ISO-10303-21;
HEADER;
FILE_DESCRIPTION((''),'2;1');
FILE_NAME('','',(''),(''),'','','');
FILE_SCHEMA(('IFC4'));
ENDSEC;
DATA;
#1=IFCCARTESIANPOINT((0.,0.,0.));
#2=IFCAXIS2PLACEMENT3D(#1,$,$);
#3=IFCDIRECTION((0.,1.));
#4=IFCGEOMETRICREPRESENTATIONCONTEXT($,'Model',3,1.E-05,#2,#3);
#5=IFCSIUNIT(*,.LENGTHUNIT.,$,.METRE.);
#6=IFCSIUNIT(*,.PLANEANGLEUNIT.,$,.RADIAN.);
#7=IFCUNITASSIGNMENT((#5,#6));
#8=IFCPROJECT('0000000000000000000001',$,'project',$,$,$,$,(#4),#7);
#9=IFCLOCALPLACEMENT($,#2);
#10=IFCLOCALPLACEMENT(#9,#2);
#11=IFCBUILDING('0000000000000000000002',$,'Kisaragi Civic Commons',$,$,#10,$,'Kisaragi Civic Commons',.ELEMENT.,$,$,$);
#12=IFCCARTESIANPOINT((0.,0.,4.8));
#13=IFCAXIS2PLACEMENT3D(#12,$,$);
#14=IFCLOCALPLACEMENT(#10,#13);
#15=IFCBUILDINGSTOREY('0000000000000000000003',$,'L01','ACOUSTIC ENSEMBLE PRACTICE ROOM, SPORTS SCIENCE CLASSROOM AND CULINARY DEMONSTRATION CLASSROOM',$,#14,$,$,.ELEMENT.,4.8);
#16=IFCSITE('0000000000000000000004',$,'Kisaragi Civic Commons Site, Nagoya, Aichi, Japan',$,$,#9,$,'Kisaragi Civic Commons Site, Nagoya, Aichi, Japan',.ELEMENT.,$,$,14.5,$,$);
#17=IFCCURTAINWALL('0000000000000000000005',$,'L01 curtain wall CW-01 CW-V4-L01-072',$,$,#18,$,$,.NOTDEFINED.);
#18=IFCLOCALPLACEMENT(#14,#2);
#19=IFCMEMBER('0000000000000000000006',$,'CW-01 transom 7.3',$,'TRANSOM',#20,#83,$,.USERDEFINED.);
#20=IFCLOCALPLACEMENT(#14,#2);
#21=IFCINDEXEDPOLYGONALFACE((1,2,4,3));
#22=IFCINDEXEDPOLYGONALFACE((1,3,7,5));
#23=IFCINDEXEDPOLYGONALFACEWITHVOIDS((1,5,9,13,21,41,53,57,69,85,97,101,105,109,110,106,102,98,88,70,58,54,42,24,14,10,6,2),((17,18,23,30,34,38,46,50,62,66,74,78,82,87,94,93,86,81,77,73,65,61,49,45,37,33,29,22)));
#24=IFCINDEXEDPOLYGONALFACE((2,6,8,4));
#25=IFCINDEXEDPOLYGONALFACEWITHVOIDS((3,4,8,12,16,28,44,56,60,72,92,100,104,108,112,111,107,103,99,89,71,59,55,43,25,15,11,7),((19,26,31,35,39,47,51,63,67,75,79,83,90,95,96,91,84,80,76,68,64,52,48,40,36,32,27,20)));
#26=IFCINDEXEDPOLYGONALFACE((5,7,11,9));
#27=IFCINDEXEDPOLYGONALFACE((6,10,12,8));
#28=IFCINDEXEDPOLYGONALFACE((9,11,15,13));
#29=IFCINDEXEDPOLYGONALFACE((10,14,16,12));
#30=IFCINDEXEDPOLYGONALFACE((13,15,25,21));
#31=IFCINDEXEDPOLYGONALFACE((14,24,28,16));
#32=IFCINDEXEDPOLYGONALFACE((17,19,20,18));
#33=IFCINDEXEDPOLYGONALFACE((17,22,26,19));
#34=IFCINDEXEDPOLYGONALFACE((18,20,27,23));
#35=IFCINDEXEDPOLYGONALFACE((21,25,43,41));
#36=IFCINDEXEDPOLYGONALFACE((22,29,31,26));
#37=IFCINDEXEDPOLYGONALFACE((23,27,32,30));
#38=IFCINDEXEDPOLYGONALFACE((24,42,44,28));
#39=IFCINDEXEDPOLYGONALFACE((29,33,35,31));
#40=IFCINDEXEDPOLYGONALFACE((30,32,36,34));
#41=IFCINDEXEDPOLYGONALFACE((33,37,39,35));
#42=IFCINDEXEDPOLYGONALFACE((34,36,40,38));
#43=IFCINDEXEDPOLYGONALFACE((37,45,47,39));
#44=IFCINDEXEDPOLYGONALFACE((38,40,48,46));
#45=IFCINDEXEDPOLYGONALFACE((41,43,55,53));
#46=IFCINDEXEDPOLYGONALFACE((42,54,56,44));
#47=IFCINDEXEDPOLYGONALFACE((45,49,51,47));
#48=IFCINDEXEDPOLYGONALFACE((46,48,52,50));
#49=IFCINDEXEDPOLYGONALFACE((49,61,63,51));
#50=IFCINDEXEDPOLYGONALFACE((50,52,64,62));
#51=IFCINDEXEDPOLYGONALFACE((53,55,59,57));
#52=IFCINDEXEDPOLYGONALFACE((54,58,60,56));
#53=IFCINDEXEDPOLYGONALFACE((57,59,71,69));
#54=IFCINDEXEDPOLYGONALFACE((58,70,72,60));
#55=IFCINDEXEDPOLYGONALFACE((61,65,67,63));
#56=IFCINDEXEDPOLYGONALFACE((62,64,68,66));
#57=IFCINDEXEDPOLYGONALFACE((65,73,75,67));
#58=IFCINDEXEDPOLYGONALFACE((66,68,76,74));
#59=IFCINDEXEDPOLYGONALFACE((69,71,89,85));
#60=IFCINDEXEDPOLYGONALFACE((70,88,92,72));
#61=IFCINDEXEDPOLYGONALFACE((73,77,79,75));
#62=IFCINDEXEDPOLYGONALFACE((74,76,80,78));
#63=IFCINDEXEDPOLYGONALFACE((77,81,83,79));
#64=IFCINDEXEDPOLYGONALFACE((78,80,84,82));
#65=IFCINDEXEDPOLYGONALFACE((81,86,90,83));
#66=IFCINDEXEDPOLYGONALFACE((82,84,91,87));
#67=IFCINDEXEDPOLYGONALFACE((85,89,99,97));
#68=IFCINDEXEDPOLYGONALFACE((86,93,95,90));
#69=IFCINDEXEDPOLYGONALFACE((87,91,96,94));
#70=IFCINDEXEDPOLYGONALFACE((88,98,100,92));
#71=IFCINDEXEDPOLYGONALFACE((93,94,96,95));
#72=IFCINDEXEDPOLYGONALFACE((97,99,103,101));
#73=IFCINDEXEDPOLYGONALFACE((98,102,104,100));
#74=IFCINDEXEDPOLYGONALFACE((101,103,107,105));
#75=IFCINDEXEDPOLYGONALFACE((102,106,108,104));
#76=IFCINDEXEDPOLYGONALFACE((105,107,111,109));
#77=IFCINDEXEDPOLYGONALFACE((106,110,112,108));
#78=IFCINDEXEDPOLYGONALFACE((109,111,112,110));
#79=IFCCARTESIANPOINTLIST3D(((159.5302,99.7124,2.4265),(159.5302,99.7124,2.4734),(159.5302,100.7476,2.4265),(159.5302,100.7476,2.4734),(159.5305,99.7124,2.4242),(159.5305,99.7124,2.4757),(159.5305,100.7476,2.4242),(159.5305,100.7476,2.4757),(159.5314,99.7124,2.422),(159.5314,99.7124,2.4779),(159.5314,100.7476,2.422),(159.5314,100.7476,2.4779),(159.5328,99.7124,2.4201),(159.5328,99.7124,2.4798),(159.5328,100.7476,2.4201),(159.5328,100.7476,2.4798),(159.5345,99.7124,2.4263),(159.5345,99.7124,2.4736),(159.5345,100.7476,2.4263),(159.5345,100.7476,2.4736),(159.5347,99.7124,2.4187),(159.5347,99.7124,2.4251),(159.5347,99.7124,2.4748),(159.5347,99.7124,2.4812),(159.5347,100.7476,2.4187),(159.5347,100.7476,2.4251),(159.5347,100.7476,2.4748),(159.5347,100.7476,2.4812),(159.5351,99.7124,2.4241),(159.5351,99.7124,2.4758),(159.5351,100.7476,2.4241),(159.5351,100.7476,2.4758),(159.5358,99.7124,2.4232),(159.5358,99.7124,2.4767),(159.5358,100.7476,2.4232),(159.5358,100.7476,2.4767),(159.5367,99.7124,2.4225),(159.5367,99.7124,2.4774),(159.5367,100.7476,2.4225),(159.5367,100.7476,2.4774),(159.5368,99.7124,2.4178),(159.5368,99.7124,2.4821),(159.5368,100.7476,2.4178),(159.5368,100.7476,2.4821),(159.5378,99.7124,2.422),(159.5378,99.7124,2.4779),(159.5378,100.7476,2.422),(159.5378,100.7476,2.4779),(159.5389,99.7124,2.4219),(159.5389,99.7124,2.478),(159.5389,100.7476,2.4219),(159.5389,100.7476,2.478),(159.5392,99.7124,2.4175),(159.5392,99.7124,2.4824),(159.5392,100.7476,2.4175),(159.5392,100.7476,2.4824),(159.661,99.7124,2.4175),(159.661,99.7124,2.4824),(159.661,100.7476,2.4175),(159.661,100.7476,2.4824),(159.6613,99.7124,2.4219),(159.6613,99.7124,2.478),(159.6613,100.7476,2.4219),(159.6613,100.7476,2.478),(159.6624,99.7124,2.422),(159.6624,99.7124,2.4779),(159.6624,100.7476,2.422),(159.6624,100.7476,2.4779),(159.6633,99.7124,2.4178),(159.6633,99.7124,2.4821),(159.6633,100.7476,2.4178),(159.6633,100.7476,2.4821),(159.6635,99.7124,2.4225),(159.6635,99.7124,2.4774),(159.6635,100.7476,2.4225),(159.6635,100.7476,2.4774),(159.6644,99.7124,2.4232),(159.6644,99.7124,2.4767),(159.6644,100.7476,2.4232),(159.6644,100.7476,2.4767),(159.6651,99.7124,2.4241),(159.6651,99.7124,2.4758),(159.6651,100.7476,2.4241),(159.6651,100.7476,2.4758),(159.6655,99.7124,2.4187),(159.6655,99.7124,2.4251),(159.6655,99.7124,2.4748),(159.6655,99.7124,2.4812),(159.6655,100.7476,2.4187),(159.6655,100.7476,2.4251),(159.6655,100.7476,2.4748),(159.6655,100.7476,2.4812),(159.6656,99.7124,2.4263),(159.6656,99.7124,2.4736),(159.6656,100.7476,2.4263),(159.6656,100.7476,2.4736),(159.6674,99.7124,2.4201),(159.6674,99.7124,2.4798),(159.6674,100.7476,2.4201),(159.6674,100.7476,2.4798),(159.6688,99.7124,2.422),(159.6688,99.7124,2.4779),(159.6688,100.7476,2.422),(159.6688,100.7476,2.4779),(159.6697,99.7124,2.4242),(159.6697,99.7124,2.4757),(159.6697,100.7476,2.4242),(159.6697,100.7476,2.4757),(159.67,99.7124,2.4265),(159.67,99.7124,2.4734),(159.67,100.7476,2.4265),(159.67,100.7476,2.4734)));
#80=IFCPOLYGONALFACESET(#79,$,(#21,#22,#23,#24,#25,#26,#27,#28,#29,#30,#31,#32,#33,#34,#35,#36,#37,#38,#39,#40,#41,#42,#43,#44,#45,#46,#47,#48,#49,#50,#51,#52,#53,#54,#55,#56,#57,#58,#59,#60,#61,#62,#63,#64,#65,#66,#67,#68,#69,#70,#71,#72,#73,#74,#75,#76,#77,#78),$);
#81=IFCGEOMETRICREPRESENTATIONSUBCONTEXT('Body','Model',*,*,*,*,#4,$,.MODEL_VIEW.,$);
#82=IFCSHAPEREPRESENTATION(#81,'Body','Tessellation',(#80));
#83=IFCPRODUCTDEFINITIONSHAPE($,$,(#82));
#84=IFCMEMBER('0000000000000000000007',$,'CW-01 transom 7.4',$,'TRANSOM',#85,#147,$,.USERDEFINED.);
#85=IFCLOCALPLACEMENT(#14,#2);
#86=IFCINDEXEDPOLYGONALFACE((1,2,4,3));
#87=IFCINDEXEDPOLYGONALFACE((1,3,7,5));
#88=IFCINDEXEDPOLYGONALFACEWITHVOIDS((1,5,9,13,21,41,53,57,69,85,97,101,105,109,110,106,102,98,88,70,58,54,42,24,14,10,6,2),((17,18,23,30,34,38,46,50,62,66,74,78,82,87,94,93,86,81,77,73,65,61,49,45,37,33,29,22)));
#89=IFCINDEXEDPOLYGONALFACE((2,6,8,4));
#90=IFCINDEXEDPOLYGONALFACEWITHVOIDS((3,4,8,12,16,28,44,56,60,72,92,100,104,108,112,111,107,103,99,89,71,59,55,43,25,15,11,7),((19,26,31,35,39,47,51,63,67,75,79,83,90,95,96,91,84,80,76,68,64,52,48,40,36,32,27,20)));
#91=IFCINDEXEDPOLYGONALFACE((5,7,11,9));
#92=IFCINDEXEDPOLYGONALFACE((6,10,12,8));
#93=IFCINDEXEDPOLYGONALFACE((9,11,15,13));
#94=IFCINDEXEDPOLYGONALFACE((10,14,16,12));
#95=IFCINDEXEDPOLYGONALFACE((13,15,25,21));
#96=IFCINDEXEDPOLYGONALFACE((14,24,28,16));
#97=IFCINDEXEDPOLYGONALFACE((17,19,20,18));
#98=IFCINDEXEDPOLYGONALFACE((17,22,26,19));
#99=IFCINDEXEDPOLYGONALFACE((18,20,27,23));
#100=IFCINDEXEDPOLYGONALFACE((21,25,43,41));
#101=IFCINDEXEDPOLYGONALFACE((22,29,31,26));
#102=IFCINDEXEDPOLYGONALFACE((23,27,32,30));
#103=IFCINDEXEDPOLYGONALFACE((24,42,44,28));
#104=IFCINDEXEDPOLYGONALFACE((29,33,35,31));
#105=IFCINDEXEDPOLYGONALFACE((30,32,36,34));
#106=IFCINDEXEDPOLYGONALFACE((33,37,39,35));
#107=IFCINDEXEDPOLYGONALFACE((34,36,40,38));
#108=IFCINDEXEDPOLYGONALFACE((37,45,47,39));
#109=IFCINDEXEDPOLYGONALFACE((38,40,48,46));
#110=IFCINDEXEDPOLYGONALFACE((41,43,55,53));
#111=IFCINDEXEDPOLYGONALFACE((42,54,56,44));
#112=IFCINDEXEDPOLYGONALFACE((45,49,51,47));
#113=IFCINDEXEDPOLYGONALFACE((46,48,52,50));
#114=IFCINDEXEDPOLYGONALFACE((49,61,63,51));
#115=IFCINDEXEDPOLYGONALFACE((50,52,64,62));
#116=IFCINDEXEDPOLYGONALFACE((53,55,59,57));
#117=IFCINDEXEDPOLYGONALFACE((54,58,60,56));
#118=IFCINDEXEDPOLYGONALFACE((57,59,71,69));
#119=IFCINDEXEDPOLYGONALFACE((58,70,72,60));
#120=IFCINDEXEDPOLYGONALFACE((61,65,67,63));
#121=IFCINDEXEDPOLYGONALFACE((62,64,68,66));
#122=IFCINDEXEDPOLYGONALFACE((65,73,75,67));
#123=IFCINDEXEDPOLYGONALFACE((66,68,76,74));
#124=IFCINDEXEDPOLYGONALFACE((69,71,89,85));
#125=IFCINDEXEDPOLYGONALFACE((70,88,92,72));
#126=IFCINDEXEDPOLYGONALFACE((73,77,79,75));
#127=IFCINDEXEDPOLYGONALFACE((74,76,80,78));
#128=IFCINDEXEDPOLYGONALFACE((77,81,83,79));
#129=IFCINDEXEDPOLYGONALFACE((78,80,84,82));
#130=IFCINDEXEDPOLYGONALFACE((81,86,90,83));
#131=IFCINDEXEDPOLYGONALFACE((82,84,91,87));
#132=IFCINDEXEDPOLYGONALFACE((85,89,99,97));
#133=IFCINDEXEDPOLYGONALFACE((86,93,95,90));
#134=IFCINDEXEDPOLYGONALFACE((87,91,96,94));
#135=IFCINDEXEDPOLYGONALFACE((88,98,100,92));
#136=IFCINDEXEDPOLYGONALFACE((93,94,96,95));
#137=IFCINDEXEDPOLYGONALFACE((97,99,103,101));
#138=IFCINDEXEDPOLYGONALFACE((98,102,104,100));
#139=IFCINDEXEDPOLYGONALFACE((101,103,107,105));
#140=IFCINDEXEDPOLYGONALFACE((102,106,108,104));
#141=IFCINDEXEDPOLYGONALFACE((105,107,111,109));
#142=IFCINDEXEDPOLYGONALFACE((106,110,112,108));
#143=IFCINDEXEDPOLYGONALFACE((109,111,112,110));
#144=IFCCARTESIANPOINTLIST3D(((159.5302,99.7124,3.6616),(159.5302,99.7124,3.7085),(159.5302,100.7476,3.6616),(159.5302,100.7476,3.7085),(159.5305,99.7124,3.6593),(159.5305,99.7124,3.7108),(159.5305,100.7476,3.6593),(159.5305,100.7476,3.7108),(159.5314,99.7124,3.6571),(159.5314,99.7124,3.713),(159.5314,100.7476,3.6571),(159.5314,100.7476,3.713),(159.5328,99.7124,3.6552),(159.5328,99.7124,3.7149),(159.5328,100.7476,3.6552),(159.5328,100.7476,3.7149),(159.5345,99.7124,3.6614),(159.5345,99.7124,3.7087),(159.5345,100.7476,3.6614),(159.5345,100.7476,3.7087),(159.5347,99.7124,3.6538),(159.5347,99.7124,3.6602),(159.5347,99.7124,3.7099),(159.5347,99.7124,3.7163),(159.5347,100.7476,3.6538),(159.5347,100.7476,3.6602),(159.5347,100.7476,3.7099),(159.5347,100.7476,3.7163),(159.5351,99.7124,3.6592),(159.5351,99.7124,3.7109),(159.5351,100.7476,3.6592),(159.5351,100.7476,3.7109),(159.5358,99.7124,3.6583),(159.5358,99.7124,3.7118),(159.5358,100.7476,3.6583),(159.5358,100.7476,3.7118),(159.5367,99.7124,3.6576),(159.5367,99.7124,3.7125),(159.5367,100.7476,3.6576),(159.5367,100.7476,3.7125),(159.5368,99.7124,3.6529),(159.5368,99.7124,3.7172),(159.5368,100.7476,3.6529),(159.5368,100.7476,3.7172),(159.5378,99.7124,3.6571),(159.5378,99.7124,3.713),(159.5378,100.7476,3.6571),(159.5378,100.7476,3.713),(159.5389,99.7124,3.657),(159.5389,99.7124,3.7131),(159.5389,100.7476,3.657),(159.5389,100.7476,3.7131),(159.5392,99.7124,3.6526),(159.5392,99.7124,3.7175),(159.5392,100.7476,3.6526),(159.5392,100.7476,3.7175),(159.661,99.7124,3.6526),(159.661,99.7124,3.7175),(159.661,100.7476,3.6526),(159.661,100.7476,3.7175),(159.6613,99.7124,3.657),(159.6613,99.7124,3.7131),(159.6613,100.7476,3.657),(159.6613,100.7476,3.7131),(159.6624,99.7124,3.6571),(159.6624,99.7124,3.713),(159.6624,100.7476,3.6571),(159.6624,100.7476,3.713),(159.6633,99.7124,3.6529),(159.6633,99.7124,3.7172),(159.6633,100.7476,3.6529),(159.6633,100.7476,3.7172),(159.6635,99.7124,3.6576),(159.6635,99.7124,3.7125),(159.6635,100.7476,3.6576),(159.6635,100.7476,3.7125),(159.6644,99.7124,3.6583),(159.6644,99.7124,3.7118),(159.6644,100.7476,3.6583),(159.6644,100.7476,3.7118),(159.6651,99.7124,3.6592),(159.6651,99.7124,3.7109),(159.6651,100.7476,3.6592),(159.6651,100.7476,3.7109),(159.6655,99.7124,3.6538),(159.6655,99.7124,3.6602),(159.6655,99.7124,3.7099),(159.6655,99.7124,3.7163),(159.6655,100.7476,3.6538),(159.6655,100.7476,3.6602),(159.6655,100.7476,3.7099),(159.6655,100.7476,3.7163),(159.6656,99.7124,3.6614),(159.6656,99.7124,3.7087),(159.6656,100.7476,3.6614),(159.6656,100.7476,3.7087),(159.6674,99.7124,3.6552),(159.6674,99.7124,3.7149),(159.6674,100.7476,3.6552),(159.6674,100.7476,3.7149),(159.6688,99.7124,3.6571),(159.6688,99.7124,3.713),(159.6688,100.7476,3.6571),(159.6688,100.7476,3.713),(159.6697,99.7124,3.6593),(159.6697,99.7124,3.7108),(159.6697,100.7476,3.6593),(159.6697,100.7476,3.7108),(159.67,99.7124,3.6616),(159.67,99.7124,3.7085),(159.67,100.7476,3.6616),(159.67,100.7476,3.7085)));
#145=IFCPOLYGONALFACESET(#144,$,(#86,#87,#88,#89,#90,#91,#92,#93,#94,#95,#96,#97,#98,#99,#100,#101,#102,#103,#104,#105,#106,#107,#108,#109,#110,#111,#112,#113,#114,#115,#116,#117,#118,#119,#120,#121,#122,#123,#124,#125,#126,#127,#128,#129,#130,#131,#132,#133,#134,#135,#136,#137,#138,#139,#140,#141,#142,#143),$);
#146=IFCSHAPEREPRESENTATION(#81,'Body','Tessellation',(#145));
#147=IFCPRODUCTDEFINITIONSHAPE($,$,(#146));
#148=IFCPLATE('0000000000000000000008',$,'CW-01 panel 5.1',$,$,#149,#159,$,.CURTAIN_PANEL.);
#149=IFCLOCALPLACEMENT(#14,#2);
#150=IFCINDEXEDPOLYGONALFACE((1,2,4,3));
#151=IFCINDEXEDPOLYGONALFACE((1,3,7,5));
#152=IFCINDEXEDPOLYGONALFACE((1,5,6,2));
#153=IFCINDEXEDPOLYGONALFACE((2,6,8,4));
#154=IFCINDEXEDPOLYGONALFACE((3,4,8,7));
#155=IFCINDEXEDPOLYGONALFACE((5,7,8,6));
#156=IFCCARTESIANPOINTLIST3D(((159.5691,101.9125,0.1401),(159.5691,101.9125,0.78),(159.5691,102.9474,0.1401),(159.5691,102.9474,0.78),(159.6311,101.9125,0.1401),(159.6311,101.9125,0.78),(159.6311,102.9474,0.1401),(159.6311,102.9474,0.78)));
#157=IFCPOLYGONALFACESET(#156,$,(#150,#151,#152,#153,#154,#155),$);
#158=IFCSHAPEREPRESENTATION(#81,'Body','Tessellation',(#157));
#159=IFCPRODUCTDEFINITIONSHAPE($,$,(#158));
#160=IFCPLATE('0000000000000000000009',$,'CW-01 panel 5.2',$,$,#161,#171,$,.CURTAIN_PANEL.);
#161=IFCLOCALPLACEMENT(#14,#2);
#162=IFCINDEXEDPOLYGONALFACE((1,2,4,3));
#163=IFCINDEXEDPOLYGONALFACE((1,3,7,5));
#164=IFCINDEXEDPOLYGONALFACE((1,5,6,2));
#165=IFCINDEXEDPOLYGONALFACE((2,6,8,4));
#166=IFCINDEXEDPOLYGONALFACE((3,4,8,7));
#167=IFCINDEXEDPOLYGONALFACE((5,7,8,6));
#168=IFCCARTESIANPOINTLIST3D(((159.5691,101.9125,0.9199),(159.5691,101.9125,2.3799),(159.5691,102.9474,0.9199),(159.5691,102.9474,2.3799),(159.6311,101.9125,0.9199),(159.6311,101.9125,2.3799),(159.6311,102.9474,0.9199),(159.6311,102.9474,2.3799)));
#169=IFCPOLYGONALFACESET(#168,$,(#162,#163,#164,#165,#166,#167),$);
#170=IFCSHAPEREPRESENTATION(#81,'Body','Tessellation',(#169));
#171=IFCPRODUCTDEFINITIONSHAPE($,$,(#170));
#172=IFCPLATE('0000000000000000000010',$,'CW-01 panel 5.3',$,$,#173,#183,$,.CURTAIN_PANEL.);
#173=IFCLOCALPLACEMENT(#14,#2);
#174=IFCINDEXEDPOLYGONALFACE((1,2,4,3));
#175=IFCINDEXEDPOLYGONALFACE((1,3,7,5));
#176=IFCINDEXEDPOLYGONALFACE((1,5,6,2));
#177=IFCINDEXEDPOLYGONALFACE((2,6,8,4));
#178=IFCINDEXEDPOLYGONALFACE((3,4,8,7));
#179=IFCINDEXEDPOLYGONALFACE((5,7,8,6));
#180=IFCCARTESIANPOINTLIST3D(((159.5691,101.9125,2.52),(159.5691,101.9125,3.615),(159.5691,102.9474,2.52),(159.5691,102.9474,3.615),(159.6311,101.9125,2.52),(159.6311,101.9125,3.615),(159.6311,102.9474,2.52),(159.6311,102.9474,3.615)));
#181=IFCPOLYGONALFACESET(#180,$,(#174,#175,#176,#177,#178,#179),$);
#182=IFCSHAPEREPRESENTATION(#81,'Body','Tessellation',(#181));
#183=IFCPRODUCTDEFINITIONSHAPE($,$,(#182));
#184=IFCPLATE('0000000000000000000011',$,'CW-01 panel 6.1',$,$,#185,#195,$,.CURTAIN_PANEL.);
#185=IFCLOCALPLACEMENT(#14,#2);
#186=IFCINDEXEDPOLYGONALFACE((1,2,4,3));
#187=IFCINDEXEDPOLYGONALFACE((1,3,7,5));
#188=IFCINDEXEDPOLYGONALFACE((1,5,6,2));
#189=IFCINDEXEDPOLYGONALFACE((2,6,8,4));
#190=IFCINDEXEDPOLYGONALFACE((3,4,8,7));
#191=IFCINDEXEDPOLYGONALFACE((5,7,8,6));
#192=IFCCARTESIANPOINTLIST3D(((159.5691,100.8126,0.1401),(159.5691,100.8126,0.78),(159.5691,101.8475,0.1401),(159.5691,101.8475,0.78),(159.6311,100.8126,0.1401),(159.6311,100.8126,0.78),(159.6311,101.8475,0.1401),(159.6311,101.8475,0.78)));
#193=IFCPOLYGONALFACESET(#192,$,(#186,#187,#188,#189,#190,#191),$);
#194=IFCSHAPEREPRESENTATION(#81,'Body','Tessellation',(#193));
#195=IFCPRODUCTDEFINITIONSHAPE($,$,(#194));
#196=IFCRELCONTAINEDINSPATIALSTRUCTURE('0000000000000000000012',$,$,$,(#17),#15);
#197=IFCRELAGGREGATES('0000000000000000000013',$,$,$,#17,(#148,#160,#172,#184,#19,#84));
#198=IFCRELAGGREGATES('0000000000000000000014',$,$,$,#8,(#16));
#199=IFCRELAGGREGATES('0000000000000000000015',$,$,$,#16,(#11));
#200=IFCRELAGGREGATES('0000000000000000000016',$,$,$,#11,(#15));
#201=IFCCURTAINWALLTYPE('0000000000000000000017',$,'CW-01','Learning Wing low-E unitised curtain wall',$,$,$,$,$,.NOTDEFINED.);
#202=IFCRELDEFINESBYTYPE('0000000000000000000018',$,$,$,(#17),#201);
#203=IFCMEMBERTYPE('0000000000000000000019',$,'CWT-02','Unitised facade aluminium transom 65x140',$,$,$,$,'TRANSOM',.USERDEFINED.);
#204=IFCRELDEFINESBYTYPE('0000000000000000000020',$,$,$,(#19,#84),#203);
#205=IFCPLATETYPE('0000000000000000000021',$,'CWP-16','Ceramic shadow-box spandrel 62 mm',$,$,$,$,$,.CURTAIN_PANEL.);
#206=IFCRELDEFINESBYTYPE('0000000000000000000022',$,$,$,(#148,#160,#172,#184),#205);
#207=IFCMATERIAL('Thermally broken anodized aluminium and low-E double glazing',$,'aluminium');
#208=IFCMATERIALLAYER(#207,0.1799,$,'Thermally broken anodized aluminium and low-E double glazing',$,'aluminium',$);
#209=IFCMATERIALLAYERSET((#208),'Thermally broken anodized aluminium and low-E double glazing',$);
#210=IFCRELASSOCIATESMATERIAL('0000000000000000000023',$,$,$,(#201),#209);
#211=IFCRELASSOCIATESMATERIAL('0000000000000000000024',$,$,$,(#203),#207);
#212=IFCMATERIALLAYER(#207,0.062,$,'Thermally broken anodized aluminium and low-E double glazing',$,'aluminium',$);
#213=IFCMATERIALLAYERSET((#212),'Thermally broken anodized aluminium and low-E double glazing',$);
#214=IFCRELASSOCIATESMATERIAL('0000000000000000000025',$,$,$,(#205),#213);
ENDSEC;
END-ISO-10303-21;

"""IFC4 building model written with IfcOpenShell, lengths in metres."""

from ifc_helpers import new_model, si_unit, direction, frame, origin, origin_2d, place, context, subcontext, project, spatial, rectangle, hollow_rectangle, extrude, material, layer, layer_set, material_profile, profile_set, type_object, element, aggregate, save


model = new_model("IFC4")

# Units and contexts
model_context = context("Model", 3, precision=1e-05, world=origin(), true_north=direction((0.0, 1.0)))
body_context = subcontext(model_context, "Body", "Model", "MODEL_VIEW")
ifc_project = project(units=[si_unit("LENGTHUNIT", "METRE"), si_unit("PLANEANGLEUNIT", "RADIAN")], contexts=[model_context])

# Site, building, storey
site_placement = place(None, origin())
site = spatial("IfcSite", under=ifc_project, at=site_placement, Name="Kisaragi Civic Commons Site, Nagoya, Aichi, Japan", LongName="Kisaragi Civic Commons Site, Nagoya, Aichi, Japan", CompositionType="ELEMENT", RefElevation=14.5)
building_placement = place(site_placement, origin())
building = spatial("IfcBuilding", under=site, at=building_placement, Name="Kisaragi Civic Commons", LongName="Kisaragi Civic Commons", CompositionType="ELEMENT")
storey_placement = place(building_placement, frame((0.0, 0.0, 4.8)))
storey = spatial("IfcBuildingStorey", under=building, at=storey_placement, Name="L01", Description="ACOUSTIC ENSEMBLE PRACTICE ROOM, SPORTS SCIENCE CLASSROOM AND CULINARY DEMONSTRATION CLASSROOM", CompositionType="ELEMENT", Elevation=4.8)

# Curtain wall, members, plates
ifc_material = material(Name="Thermally broken anodized aluminium and low-E double glazing", Category="aluminium")
ifc_layer_1 = layer(ifc_material, 0.1799, Name="Thermally broken anodized aluminium and low-E double glazing", Category="aluminium")
ifc_layer_set_1 = layer_set([ifc_layer_1], Name="Thermally broken anodized aluminium and low-E double glazing")
curtain_wall_type = type_object("IfcCurtainWallType", Name="CW-01", Description="Learning Wing low-E unitised curtain wall", PredefinedType="NOTDEFINED", material=ifc_layer_set_1)
curtain_wall_placement = place(storey_placement, origin())
curtain_wall = element("IfcCurtainWall", 1, at=curtain_wall_placement, inside=storey, type_object=curtain_wall_type, Name="L01 curtain wall CW-01 CW-V4-L01-072", PredefinedType="NOTDEFINED")
ifc_material_profile_1 = material_profile(ifc_material, hollow_rectangle(XDim=0.1399, YDim=0.0649, WallThickness=0.0044, InnerFilletRadius=0.0044, OuterFilletRadius=0.009, at=origin_2d()), Name="CWT-65x140x4.5", Category="aluminium")
ifc_profile_set_1 = profile_set([ifc_material_profile_1], Name="Thermally broken anodized aluminium and low-E double glazing")
member_type_1 = type_object("IfcMemberType", Name="CWT-02", Description="Unitised facade aluminium transom 65x140", ElementType="TRANSOM", PredefinedType="USERDEFINED", material=ifc_profile_set_1)
member_1_placement = place(storey_placement, frame((159.6001, 100.7476, 2.45), z_axis=(0.0, -1.0, 0.0), x_axis=(1.0, 0.0, 0.0)))
member_1 = element("IfcMember", 2, at=member_1_placement, type_object=member_type_1, Name="CW-01 transom 7.3", ObjectType="TRANSOM", PredefinedType="USERDEFINED", context=body_context, shape_type="SweptSolid", body=[
    extrude(hollow_rectangle(XDim=0.1399, YDim=0.0649, WallThickness=0.0044, InnerFilletRadius=0.0044, OuterFilletRadius=0.009, at=origin_2d()), origin(), (0.0, 0.0, 1.0), 1.0352),
])
member_2_placement = place(storey_placement, frame((159.6001, 100.7476, 3.6851), z_axis=(0.0, -1.0, 0.0), x_axis=(1.0, 0.0, 0.0)))
member_2 = element("IfcMember", 3, at=member_2_placement, type_object=member_type_1, Name="CW-01 transom 7.4", ObjectType="TRANSOM", PredefinedType="USERDEFINED", context=body_context, shape_type="SweptSolid", body=[
    extrude(hollow_rectangle(XDim=0.1399, YDim=0.0649, WallThickness=0.0044, InnerFilletRadius=0.0044, OuterFilletRadius=0.009, at=origin_2d()), origin(), (0.0, 0.0, 1.0), 1.0352),
])
ifc_layer_2 = layer(ifc_material, 0.062, Name="Thermally broken anodized aluminium and low-E double glazing", Category="aluminium")
ifc_layer_set_2 = layer_set([ifc_layer_2], Name="Thermally broken anodized aluminium and low-E double glazing")
plate_type = type_object("IfcPlateType", Name="CWP-16", Description="Ceramic shadow-box spandrel 62 mm", PredefinedType="CURTAIN_PANEL", material=ifc_layer_set_2)
plate_1_placement = place(storey_placement, frame((159.6001, 102.4299, 0.1401), z_axis=(0.0, 0.0, 1.0), x_axis=(0.0, -1.0, 0.0)))
plate_1 = element("IfcPlate", 4, at=plate_1_placement, type_object=plate_type, Name="CW-01 panel 5.1", PredefinedType="CURTAIN_PANEL", context=body_context, shape_type="SweptSolid", body=[
    extrude(rectangle(XDim=1.0349, YDim=0.062, at=origin_2d()), origin(), (0.0, 0.0, 1.0), 0.6399),
])
plate_2_placement = place(storey_placement, frame((159.6001, 102.4299, 0.9199), z_axis=(0.0, 0.0, 1.0), x_axis=(0.0, -1.0, 0.0)))
plate_2 = element("IfcPlate", 5, at=plate_2_placement, type_object=plate_type, Name="CW-01 panel 5.2", PredefinedType="CURTAIN_PANEL", context=body_context, shape_type="SweptSolid", body=[
    extrude(rectangle(XDim=1.0349, YDim=0.062, at=origin_2d()), origin(), (0.0, 0.0, 1.0), 1.46),
])
plate_3_placement = place(storey_placement, frame((159.6001, 102.4299, 2.52), z_axis=(0.0, 0.0, 1.0), x_axis=(0.0, -1.0, 0.0)))
plate_3 = element("IfcPlate", 6, at=plate_3_placement, type_object=plate_type, Name="CW-01 panel 5.3", PredefinedType="CURTAIN_PANEL", context=body_context, shape_type="SweptSolid", body=[
    extrude(rectangle(XDim=1.0349, YDim=0.062, at=origin_2d()), origin(), (0.0, 0.0, 1.0), 1.095),
])
plate_4_placement = place(storey_placement, frame((159.6001, 101.3301, 0.1401), z_axis=(0.0, 0.0, 1.0), x_axis=(0.0, -1.0, 0.0)))
plate_4 = element("IfcPlate", 7, at=plate_4_placement, type_object=plate_type, Name="CW-01 panel 6.1", PredefinedType="CURTAIN_PANEL", context=body_context, shape_type="SweptSolid", body=[
    extrude(rectangle(XDim=1.0349, YDim=0.062, at=origin_2d()), origin(), (0.0, 0.0, 1.0), 0.6399),
])
aggregate(curtain_wall, [plate_1, plate_2, plate_3, plate_4, member_1, member_2])

save(model, "model.ifc")
